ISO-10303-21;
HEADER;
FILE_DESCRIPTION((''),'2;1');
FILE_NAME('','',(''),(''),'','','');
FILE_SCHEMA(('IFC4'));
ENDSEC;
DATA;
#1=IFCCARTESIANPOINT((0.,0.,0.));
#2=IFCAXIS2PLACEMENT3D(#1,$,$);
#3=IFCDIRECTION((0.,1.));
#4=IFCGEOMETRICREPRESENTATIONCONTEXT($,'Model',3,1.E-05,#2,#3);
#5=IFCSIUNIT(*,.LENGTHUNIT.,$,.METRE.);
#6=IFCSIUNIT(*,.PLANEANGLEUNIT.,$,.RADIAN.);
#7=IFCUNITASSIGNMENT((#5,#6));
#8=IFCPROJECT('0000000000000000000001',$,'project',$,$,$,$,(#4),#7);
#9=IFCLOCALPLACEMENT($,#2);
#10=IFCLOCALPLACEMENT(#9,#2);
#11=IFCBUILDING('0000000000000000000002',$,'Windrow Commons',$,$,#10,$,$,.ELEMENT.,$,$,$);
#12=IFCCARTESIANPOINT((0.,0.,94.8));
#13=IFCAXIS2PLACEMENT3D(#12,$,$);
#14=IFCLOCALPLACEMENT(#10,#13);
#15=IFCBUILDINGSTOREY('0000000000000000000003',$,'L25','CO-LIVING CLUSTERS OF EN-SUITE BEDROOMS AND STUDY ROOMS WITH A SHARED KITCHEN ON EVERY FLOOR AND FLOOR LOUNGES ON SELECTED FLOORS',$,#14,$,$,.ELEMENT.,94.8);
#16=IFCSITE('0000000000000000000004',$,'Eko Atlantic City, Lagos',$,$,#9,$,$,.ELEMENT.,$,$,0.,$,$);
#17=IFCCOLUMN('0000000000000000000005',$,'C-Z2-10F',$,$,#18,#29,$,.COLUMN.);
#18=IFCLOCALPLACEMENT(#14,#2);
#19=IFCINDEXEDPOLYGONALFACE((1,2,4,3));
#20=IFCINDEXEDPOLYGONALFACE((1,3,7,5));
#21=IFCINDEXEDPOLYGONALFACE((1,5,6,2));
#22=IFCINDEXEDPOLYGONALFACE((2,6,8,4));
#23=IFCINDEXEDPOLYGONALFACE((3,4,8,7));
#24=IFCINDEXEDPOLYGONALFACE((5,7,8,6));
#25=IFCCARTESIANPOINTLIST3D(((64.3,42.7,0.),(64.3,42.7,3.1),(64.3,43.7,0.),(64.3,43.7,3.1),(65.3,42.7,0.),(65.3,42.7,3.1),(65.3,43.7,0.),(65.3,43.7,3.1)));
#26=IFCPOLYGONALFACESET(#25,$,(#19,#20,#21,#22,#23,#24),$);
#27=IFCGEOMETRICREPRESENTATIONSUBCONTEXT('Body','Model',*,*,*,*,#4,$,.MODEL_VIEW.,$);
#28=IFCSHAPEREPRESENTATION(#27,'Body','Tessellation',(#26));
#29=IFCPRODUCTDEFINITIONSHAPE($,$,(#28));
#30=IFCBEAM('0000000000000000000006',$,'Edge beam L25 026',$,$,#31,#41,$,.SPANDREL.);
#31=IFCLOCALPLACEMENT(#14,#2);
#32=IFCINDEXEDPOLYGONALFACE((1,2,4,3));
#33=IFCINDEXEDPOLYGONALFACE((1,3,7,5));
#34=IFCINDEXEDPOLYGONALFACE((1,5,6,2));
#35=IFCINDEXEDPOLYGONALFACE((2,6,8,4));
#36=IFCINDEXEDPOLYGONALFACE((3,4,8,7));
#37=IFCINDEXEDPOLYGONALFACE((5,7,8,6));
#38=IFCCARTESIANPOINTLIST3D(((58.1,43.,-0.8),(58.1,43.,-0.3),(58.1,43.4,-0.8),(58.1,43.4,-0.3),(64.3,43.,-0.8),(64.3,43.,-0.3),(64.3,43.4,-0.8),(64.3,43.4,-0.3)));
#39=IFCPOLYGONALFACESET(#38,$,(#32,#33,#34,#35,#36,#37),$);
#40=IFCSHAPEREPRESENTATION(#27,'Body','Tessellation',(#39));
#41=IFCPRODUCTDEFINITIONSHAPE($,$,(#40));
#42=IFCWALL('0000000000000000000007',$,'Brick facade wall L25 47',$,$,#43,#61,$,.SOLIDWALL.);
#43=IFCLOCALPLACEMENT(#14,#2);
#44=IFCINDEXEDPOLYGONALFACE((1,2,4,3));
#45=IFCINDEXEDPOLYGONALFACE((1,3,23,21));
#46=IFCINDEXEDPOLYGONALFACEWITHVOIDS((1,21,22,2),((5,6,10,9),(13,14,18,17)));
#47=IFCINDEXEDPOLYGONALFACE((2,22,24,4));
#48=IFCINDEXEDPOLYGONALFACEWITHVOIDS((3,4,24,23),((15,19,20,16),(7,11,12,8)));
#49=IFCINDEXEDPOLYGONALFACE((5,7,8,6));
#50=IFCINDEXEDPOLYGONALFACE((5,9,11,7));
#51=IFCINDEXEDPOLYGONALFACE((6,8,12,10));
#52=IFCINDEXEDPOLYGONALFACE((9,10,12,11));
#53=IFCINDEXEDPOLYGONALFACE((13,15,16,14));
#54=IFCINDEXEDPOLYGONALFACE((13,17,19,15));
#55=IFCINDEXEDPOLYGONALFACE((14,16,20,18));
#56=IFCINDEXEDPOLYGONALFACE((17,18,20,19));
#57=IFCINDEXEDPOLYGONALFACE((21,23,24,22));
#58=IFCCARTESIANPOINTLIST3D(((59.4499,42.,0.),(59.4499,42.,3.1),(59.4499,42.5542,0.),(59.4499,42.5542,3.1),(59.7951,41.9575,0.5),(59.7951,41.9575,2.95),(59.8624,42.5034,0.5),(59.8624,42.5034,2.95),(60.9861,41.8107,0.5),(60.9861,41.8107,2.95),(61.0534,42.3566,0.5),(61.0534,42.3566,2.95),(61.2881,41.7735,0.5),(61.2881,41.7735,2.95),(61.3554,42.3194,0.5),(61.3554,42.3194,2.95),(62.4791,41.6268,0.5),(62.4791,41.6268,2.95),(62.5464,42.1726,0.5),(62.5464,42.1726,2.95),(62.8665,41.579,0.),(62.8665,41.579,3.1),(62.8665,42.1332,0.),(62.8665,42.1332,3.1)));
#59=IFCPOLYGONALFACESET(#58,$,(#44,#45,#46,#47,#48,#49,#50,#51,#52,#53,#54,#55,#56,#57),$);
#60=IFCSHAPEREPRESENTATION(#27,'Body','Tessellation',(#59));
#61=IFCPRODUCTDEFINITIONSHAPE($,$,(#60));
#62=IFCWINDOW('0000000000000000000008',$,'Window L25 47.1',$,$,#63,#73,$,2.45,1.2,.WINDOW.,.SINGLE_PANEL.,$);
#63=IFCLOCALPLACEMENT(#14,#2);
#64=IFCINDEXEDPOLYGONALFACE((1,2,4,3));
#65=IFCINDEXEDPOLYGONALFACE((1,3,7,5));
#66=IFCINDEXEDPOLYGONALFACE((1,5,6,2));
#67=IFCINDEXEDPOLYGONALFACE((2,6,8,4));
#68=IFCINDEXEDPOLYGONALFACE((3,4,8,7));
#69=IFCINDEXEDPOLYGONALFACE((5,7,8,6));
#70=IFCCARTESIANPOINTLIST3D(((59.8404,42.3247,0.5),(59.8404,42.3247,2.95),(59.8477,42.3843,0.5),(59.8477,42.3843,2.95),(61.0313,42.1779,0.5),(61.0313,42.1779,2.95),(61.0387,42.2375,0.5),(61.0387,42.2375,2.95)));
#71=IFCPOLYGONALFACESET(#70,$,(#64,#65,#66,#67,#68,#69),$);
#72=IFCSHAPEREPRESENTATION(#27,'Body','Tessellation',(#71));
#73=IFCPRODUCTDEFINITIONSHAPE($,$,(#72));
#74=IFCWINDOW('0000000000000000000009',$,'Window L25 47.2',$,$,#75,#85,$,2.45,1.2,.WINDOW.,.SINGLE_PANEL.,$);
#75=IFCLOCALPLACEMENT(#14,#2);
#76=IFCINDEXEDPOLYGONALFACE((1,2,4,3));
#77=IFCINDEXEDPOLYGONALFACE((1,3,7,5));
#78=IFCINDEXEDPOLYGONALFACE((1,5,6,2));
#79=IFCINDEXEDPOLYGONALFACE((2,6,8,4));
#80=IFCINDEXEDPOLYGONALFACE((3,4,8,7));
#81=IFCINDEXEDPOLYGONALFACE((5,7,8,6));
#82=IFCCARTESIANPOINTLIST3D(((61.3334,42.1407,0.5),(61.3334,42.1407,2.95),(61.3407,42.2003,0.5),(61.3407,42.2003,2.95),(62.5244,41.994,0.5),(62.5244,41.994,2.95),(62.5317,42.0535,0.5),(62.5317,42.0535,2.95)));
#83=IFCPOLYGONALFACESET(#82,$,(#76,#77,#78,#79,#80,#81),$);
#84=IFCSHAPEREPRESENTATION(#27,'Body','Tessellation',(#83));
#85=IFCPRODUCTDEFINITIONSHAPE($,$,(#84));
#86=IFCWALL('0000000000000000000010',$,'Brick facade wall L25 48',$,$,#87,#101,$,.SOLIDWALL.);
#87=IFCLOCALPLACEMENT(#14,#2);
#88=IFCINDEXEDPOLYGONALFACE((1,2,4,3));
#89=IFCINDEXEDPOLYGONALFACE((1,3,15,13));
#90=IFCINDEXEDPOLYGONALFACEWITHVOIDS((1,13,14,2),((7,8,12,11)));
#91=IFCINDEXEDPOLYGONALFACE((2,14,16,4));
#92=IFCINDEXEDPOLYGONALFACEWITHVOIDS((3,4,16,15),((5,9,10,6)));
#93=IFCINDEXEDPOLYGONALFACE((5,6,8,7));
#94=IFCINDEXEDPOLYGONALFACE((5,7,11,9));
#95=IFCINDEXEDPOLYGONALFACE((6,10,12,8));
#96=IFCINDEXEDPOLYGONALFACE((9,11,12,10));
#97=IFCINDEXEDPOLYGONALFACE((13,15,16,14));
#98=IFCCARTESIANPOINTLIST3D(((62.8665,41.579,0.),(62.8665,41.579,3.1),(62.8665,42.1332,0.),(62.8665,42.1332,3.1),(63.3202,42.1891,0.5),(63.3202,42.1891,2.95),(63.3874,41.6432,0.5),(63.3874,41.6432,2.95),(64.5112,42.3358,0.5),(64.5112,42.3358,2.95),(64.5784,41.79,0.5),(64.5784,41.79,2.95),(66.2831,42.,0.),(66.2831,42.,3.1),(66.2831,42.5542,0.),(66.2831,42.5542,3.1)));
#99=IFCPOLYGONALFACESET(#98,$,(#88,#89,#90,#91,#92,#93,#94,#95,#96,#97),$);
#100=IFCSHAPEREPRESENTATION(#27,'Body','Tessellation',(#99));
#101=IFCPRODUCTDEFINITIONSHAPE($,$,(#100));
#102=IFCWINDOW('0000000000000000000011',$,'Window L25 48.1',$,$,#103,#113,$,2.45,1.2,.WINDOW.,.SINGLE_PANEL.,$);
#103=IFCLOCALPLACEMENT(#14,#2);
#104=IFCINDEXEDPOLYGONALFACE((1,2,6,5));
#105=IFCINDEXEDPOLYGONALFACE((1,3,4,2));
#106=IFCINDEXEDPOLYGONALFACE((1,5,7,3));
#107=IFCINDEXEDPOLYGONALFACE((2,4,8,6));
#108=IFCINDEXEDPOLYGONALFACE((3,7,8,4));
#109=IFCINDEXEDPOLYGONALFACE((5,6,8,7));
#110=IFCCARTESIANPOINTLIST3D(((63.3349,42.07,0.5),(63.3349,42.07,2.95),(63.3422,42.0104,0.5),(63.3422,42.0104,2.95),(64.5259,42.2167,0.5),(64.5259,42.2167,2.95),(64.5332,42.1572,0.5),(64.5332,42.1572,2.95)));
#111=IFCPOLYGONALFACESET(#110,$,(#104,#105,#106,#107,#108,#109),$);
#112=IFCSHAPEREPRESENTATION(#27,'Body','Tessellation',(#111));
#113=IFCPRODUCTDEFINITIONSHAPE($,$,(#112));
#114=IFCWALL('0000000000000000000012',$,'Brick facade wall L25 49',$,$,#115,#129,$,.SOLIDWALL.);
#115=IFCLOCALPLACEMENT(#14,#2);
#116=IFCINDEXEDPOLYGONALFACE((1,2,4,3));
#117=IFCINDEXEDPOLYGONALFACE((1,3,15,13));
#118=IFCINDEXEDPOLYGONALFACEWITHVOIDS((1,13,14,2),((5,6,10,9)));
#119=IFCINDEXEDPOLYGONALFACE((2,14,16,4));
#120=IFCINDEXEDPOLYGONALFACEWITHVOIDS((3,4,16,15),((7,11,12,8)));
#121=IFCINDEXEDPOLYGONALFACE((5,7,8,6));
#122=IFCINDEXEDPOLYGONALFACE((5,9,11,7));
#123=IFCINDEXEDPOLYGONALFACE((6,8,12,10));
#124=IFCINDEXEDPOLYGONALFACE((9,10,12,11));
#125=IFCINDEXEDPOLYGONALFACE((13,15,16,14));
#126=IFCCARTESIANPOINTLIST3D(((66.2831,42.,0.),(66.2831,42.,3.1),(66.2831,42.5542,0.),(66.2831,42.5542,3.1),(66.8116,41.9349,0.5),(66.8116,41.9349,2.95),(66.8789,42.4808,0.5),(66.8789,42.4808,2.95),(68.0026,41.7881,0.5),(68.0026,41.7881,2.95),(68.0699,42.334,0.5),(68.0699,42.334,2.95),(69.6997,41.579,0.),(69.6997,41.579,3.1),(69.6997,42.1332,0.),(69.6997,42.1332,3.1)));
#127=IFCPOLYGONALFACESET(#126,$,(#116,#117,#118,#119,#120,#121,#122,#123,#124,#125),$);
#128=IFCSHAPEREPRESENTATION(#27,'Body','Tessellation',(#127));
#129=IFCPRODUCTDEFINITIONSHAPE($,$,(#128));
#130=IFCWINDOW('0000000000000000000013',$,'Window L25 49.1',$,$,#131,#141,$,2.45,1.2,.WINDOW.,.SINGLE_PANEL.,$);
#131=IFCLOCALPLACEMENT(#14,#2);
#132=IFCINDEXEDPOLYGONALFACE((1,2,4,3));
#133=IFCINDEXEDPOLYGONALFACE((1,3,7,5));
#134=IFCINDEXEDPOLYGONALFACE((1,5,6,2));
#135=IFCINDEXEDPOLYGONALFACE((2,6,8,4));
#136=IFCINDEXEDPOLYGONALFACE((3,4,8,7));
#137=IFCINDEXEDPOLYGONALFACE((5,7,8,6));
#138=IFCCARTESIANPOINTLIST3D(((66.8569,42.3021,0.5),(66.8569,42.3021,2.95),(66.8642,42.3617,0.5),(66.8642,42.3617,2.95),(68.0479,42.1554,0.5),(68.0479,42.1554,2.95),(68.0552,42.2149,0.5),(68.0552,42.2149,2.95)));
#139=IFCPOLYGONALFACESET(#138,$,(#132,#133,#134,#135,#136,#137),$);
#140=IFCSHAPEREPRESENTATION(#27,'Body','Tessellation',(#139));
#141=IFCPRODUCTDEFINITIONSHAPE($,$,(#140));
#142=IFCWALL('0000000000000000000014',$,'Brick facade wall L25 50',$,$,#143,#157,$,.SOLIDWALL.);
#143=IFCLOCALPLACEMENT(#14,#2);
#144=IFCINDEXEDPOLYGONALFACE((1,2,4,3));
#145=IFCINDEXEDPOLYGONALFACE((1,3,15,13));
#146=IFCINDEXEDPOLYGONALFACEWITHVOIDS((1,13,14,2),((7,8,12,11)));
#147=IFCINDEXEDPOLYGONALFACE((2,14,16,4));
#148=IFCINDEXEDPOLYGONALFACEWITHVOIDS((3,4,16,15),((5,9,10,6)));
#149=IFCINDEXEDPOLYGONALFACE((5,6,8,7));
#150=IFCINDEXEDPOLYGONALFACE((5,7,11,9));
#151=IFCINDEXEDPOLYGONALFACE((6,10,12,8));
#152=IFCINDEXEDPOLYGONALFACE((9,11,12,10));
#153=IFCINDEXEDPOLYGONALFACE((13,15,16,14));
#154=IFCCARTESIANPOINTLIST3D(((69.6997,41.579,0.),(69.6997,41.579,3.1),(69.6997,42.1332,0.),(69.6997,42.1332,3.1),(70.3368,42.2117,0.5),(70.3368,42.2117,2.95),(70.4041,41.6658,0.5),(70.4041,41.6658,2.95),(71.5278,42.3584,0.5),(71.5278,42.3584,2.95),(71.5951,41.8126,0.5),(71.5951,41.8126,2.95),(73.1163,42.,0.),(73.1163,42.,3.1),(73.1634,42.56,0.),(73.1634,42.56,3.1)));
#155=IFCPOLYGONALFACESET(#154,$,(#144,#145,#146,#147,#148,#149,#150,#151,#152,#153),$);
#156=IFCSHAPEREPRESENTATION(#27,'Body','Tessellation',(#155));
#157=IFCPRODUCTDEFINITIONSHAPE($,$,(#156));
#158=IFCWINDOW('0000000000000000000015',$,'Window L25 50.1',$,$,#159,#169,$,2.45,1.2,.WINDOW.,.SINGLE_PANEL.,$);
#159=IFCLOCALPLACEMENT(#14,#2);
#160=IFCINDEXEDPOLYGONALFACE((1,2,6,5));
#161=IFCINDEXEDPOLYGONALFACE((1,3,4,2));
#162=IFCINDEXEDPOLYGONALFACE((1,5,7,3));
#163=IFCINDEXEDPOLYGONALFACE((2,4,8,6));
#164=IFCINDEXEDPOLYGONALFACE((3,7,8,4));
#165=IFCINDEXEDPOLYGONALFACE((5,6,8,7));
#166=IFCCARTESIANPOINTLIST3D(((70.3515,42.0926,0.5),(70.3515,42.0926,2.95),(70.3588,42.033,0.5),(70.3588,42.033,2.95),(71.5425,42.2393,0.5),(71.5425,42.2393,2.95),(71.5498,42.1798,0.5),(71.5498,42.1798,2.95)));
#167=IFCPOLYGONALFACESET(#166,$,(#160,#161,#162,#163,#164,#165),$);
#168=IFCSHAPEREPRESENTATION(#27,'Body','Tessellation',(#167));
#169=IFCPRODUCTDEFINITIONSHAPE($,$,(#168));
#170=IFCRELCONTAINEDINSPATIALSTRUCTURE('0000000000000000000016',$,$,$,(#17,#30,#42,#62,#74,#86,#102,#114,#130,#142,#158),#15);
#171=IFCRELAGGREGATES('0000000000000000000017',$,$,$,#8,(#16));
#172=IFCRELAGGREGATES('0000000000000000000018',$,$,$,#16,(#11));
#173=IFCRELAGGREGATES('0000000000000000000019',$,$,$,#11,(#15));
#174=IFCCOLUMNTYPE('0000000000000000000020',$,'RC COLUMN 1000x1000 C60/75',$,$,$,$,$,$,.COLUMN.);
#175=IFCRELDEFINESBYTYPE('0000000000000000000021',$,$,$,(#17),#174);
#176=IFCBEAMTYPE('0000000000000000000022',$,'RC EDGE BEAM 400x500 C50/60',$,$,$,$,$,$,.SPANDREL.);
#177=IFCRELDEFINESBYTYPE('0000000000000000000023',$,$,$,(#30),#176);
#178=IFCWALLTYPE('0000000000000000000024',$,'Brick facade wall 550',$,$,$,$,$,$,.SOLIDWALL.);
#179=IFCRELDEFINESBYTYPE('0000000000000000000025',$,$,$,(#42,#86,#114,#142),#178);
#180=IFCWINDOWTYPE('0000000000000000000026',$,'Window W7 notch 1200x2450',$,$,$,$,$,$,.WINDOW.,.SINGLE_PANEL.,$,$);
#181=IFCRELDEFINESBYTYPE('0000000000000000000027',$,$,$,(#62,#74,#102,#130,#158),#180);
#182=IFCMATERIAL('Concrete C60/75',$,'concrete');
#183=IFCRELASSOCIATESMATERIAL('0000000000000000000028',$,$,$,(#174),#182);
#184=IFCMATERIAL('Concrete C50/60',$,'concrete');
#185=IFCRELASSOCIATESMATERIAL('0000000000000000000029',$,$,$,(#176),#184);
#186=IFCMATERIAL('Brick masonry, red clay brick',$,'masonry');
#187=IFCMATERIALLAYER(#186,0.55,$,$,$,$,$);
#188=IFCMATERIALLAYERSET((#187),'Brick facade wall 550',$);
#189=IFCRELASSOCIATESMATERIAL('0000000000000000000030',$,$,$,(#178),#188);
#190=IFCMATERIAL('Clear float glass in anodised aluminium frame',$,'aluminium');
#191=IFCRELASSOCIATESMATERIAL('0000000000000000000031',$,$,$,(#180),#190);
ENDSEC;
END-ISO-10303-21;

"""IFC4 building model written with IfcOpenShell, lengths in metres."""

from ifc_helpers import new_model, si_unit, direction, frame, frame_2d, origin, origin_2d, place, context, subcontext, project, spatial, polyline, rectangle, outline, extrude, material, layer, layer_set, material_profile, profile_set, type_object, element, fill, save


model = new_model("IFC4")

# Units and contexts
model_context = context("Model", 3, precision=1e-05, world=origin(), true_north=direction((0.0, 1.0)))
body_context = subcontext(model_context, "Body", "Model", "MODEL_VIEW")
ifc_project = project(units=[si_unit("LENGTHUNIT", "METRE"), si_unit("PLANEANGLEUNIT", "RADIAN")], contexts=[model_context])

# Site, building, storey
site_placement = place(None, origin())
site = spatial("IfcSite", under=ifc_project, at=site_placement, Name="Eko Atlantic City, Lagos", CompositionType="ELEMENT", RefElevation=0.0)
building_placement = place(site_placement, origin())
building = spatial("IfcBuilding", under=site, at=building_placement, Name="Windrow Commons", CompositionType="ELEMENT")
storey_placement = place(building_placement, frame((0.0, 0.0, 94.8)))
storey = spatial("IfcBuildingStorey", under=building, at=storey_placement, Name="L25", Description="CO-LIVING CLUSTERS OF EN-SUITE BEDROOMS AND STUDY ROOMS WITH A SHARED KITCHEN ON EVERY FLOOR AND FLOOR LOUNGES ON SELECTED FLOORS", CompositionType="ELEMENT", Elevation=94.8)

# Column
ifc_material_1 = material(Name="Concrete C60/75", Category="concrete")
ifc_material_profile_1 = material_profile(ifc_material_1, rectangle(XDim=1.0, YDim=1.0, at=origin_2d()))
ifc_profile_set_1 = profile_set([ifc_material_profile_1], Name="Concrete C60/75")
column_type = type_object("IfcColumnType", Name="RC COLUMN 1000x1000 C60/75", PredefinedType="COLUMN", material=ifc_profile_set_1)
column_placement = place(storey_placement, frame((64.8, 43.2, 0.0), z_axis=(0.0, 0.0, 1.0), x_axis=(1.0, 0.0, 0.0)))
element("IfcColumn", 1, at=column_placement, inside=storey, type_object=column_type, Name="C-Z2-10F", PredefinedType="COLUMN", context=body_context, shape_type="SweptSolid", body=[
    extrude(rectangle(XDim=1.0, YDim=1.0, at=origin_2d()), origin(), (0.0, 0.0, 1.0), 3.1),
])

# Beam
ifc_material_2 = material(Name="Concrete C50/60", Category="concrete")
ifc_material_profile_2 = material_profile(ifc_material_2, rectangle(XDim=0.4, YDim=0.5, at=origin_2d()))
ifc_profile_set_2 = profile_set([ifc_material_profile_2], Name="Concrete C50/60")
beam_type = type_object("IfcBeamType", Name="RC EDGE BEAM 400x500 C50/60", PredefinedType="SPANDREL", material=ifc_profile_set_2)
beam_placement = place(storey_placement, frame((64.3, 43.2, -0.55), z_axis=(-1.0, 0.0, 0.0), x_axis=(0.0, -1.0, 0.0)))
element("IfcBeam", 2, at=beam_placement, inside=storey, type_object=beam_type, Name="Edge beam L25 026", PredefinedType="SPANDREL", context=body_context, shape_type="SweptSolid", body=[
    extrude(rectangle(XDim=0.4, YDim=0.5, at=origin_2d()), origin(), (0.0, 0.0, 1.0), 6.2),
])

# Wall, openings, windows
ifc_material_3 = material(Name="Brick masonry, red clay brick", Category="masonry")
ifc_layer_1 = layer(ifc_material_3, 0.55)
ifc_layer_set_1 = layer_set([ifc_layer_1], Name="Brick facade wall 550")
wall_type_1 = type_object("IfcWallType", Name="Brick facade wall 550", PredefinedType="SOLIDWALL", material=ifc_layer_set_1)
wall_1_placement = place(storey_placement, frame((59.4499, 42.2771, 0.0), z_axis=(0.0, 0.0, 1.0), x_axis=(0.992494, -0.122297, 0.0)))
wall_1 = element("IfcWall", 3, at=wall_1_placement, inside=storey, type_object=wall_type_1, Name="Brick facade wall L25 47", PredefinedType="SOLIDWALL", context=body_context, shape_type="SweptSolid", body=[
    extrude(outline(polyline([(0.0339, -0.275), (3.4763, -0.275), (3.4086, 0.275), (-0.0339, 0.275), (0.0339, -0.275)])), origin(), (0.0, 0.0, 1.0), 3.1),
])
opening_1_placement = place(wall_1_placement, frame((0.3817, 0.0, 0.5)))
opening_1 = element("IfcOpeningElement", 4, at=opening_1_placement, cuts=wall_1, PredefinedType="OPENING", context=body_context, shape_type="SweptSolid", body=[
    extrude(rectangle(XDim=1.2, YDim=2.45, at=frame_2d((0.6, 1.225))), frame((0.0, 0.285, 0.0), z_axis=(0.0, -1.0, 0.0), x_axis=(1.0, 0.0, 0.0)), (0.0, 0.0, 1.0), 0.57),
])
opening_2_placement = place(wall_1_placement, frame((1.886, 0.0, 0.5)))
opening_2 = element("IfcOpeningElement", 5, at=opening_2_placement, cuts=wall_1, PredefinedType="OPENING", context=body_context, shape_type="SweptSolid", body=[
    extrude(rectangle(XDim=1.2, YDim=2.45, at=frame_2d((0.6, 1.225))), frame((0.0, 0.285, 0.0), z_axis=(0.0, -1.0, 0.0), x_axis=(1.0, 0.0, 0.0)), (0.0, 0.0, 1.0), 0.57),
])
ifc_material_4 = material(Name="Clear float glass in anodised aluminium frame", Category="aluminium")
window_type = type_object("IfcWindowType", Name="Window W7 notch 1200x2450", PartitioningType="SINGLE_PANEL", PredefinedType="WINDOW", material=ifc_material_4)
window_1_placement = place(opening_1_placement, origin())
window_1 = element("IfcWindow", 6, at=window_1_placement, inside=storey, type_object=window_type, Name="Window L25 47.1", OverallHeight=2.45, OverallWidth=1.2, PartitioningType="SINGLE_PANEL", PredefinedType="WINDOW", context=body_context, shape_type="SweptSolid", body=[
    extrude(rectangle(XDim=1.2, YDim=2.45, at=frame_2d((0.6, 1.225))), frame((0.0, 0.155, 0.0), z_axis=(0.0, -1.0, 0.0), x_axis=(1.0, 0.0, 0.0)), (0.0, 0.0, 1.0), 0.06),
])
fill(opening_1, window_1)
window_2_placement = place(opening_2_placement, origin())
window_2 = element("IfcWindow", 7, at=window_2_placement, inside=storey, type_object=window_type, Name="Window L25 47.2", OverallHeight=2.45, OverallWidth=1.2, PartitioningType="SINGLE_PANEL", PredefinedType="WINDOW", context=body_context, shape_type="SweptSolid", body=[
    extrude(rectangle(XDim=1.2, YDim=2.45, at=frame_2d((0.6, 1.225))), frame((0.0, 0.155, 0.0), z_axis=(0.0, -1.0, 0.0), x_axis=(1.0, 0.0, 0.0)), (0.0, 0.0, 1.0), 0.06),
])
fill(opening_2, window_2)

# Walls, openings, windows
wall_2_placement = place(storey_placement, frame((62.8665, 41.8561, 0.0), z_axis=(0.0, 0.0, 1.0), x_axis=(0.992494, 0.122297, 0.0)))
wall_2 = element("IfcWall", 8, at=wall_2_placement, inside=storey, type_object=wall_type_1, Name="Brick facade wall L25 48", PredefinedType="SOLIDWALL", context=body_context, shape_type="SweptSolid", body=[
    extrude(outline(polyline([(-0.0339, -0.275), (3.4086, -0.275), (3.4763, 0.275), (0.0339, 0.275), (-0.0339, -0.275)])), origin(), (0.0, 0.0, 1.0), 3.1),
])
opening_3_placement = place(wall_2_placement, frame((0.491, 0.0, 0.5)))
opening_3 = element("IfcOpeningElement", 9, at=opening_3_placement, cuts=wall_2, PredefinedType="OPENING", context=body_context, shape_type="SweptSolid", body=[
    extrude(rectangle(XDim=1.2, YDim=2.45, at=frame_2d((0.6, 1.225))), frame((0.0, 0.285, 0.0), z_axis=(0.0, -1.0, 0.0), x_axis=(1.0, 0.0, 0.0)), (0.0, 0.0, 1.0), 0.57),
])
window_3_placement = place(opening_3_placement, origin())
window_3 = element("IfcWindow", 10, at=window_3_placement, inside=storey, type_object=window_type, Name="Window L25 48.1", OverallHeight=2.45, OverallWidth=1.2, PartitioningType="SINGLE_PANEL", PredefinedType="WINDOW", context=body_context, shape_type="SweptSolid", body=[
    extrude(rectangle(XDim=1.2, YDim=2.45, at=frame_2d((0.6, 1.225))), frame((0.0, 0.155, 0.0), z_axis=(0.0, -1.0, 0.0), x_axis=(1.0, 0.0, 0.0)), (0.0, 0.0, 1.0), 0.06),
])
fill(opening_3, window_3)
wall_3_placement = place(storey_placement, frame((66.2831, 42.2771, 0.0), z_axis=(0.0, 0.0, 1.0), x_axis=(0.992494, -0.122297, 0.0)))
wall_3 = element("IfcWall", 11, at=wall_3_placement, inside=storey, type_object=wall_type_1, Name="Brick facade wall L25 49", PredefinedType="SOLIDWALL", context=body_context, shape_type="SweptSolid", body=[
    extrude(outline(polyline([(0.0339, -0.275), (3.4763, -0.275), (3.4086, 0.275), (-0.0339, 0.275), (0.0339, -0.275)])), origin(), (0.0, 0.0, 1.0), 3.1),
])
opening_4_placement = place(wall_3_placement, frame((0.5664, 0.0, 0.5)))
opening_4 = element("IfcOpeningElement", 12, at=opening_4_placement, cuts=wall_3, PredefinedType="OPENING", context=body_context, shape_type="SweptSolid", body=[
    extrude(rectangle(XDim=1.2, YDim=2.45, at=frame_2d((0.6, 1.225))), frame((0.0, 0.285, 0.0), z_axis=(0.0, -1.0, 0.0), x_axis=(1.0, 0.0, 0.0)), (0.0, 0.0, 1.0), 0.57),
])
window_4_placement = place(opening_4_placement, origin())
window_4 = element("IfcWindow", 13, at=window_4_placement, inside=storey, type_object=window_type, Name="Window L25 49.1", OverallHeight=2.45, OverallWidth=1.2, PartitioningType="SINGLE_PANEL", PredefinedType="WINDOW", context=body_context, shape_type="SweptSolid", body=[
    extrude(rectangle(XDim=1.2, YDim=2.45, at=frame_2d((0.6, 1.225))), frame((0.0, 0.155, 0.0), z_axis=(0.0, -1.0, 0.0), x_axis=(1.0, 0.0, 0.0)), (0.0, 0.0, 1.0), 0.06),
])
fill(opening_4, window_4)
wall_4_placement = place(storey_placement, frame((69.6997, 41.8561, 0.0), z_axis=(0.0, 0.0, 1.0), x_axis=(0.992494, 0.122295, 0.0)))
wall_4 = element("IfcWall", 14, at=wall_4_placement, inside=storey, type_object=wall_type_1, Name="Brick facade wall L25 50", PredefinedType="SOLIDWALL", context=body_context, shape_type="SweptSolid", body=[
    extrude(outline(polyline([(-0.0339, -0.275), (3.4086, -0.275), (3.5238, 0.275), (0.0339, 0.275), (-0.0339, -0.275)])), origin(), (0.0, 0.0, 1.0), 3.1),
])
opening_5_placement = place(wall_4_placement, frame((0.6758, 0.0, 0.5)))
opening_5 = element("IfcOpeningElement", 15, at=opening_5_placement, cuts=wall_4, PredefinedType="OPENING", context=body_context, shape_type="SweptSolid", body=[
    extrude(rectangle(XDim=1.2, YDim=2.45, at=frame_2d((0.6, 1.225))), frame((0.0, 0.285, 0.0), z_axis=(0.0, -1.0, 0.0), x_axis=(1.0, 0.0, 0.0)), (0.0, 0.0, 1.0), 0.57),
])
window_5_placement = place(opening_5_placement, origin())
window_5 = element("IfcWindow", 16, at=window_5_placement, inside=storey, type_object=window_type, Name="Window L25 50.1", OverallHeight=2.45, OverallWidth=1.2, PartitioningType="SINGLE_PANEL", PredefinedType="WINDOW", context=body_context, shape_type="SweptSolid", body=[
    extrude(rectangle(XDim=1.2, YDim=2.45, at=frame_2d((0.6, 1.225))), frame((0.0, 0.155, 0.0), z_axis=(0.0, -1.0, 0.0), x_axis=(1.0, 0.0, 0.0)), (0.0, 0.0, 1.0), 0.06),
])
fill(opening_5, window_5)

save(model, "model.ifc")
